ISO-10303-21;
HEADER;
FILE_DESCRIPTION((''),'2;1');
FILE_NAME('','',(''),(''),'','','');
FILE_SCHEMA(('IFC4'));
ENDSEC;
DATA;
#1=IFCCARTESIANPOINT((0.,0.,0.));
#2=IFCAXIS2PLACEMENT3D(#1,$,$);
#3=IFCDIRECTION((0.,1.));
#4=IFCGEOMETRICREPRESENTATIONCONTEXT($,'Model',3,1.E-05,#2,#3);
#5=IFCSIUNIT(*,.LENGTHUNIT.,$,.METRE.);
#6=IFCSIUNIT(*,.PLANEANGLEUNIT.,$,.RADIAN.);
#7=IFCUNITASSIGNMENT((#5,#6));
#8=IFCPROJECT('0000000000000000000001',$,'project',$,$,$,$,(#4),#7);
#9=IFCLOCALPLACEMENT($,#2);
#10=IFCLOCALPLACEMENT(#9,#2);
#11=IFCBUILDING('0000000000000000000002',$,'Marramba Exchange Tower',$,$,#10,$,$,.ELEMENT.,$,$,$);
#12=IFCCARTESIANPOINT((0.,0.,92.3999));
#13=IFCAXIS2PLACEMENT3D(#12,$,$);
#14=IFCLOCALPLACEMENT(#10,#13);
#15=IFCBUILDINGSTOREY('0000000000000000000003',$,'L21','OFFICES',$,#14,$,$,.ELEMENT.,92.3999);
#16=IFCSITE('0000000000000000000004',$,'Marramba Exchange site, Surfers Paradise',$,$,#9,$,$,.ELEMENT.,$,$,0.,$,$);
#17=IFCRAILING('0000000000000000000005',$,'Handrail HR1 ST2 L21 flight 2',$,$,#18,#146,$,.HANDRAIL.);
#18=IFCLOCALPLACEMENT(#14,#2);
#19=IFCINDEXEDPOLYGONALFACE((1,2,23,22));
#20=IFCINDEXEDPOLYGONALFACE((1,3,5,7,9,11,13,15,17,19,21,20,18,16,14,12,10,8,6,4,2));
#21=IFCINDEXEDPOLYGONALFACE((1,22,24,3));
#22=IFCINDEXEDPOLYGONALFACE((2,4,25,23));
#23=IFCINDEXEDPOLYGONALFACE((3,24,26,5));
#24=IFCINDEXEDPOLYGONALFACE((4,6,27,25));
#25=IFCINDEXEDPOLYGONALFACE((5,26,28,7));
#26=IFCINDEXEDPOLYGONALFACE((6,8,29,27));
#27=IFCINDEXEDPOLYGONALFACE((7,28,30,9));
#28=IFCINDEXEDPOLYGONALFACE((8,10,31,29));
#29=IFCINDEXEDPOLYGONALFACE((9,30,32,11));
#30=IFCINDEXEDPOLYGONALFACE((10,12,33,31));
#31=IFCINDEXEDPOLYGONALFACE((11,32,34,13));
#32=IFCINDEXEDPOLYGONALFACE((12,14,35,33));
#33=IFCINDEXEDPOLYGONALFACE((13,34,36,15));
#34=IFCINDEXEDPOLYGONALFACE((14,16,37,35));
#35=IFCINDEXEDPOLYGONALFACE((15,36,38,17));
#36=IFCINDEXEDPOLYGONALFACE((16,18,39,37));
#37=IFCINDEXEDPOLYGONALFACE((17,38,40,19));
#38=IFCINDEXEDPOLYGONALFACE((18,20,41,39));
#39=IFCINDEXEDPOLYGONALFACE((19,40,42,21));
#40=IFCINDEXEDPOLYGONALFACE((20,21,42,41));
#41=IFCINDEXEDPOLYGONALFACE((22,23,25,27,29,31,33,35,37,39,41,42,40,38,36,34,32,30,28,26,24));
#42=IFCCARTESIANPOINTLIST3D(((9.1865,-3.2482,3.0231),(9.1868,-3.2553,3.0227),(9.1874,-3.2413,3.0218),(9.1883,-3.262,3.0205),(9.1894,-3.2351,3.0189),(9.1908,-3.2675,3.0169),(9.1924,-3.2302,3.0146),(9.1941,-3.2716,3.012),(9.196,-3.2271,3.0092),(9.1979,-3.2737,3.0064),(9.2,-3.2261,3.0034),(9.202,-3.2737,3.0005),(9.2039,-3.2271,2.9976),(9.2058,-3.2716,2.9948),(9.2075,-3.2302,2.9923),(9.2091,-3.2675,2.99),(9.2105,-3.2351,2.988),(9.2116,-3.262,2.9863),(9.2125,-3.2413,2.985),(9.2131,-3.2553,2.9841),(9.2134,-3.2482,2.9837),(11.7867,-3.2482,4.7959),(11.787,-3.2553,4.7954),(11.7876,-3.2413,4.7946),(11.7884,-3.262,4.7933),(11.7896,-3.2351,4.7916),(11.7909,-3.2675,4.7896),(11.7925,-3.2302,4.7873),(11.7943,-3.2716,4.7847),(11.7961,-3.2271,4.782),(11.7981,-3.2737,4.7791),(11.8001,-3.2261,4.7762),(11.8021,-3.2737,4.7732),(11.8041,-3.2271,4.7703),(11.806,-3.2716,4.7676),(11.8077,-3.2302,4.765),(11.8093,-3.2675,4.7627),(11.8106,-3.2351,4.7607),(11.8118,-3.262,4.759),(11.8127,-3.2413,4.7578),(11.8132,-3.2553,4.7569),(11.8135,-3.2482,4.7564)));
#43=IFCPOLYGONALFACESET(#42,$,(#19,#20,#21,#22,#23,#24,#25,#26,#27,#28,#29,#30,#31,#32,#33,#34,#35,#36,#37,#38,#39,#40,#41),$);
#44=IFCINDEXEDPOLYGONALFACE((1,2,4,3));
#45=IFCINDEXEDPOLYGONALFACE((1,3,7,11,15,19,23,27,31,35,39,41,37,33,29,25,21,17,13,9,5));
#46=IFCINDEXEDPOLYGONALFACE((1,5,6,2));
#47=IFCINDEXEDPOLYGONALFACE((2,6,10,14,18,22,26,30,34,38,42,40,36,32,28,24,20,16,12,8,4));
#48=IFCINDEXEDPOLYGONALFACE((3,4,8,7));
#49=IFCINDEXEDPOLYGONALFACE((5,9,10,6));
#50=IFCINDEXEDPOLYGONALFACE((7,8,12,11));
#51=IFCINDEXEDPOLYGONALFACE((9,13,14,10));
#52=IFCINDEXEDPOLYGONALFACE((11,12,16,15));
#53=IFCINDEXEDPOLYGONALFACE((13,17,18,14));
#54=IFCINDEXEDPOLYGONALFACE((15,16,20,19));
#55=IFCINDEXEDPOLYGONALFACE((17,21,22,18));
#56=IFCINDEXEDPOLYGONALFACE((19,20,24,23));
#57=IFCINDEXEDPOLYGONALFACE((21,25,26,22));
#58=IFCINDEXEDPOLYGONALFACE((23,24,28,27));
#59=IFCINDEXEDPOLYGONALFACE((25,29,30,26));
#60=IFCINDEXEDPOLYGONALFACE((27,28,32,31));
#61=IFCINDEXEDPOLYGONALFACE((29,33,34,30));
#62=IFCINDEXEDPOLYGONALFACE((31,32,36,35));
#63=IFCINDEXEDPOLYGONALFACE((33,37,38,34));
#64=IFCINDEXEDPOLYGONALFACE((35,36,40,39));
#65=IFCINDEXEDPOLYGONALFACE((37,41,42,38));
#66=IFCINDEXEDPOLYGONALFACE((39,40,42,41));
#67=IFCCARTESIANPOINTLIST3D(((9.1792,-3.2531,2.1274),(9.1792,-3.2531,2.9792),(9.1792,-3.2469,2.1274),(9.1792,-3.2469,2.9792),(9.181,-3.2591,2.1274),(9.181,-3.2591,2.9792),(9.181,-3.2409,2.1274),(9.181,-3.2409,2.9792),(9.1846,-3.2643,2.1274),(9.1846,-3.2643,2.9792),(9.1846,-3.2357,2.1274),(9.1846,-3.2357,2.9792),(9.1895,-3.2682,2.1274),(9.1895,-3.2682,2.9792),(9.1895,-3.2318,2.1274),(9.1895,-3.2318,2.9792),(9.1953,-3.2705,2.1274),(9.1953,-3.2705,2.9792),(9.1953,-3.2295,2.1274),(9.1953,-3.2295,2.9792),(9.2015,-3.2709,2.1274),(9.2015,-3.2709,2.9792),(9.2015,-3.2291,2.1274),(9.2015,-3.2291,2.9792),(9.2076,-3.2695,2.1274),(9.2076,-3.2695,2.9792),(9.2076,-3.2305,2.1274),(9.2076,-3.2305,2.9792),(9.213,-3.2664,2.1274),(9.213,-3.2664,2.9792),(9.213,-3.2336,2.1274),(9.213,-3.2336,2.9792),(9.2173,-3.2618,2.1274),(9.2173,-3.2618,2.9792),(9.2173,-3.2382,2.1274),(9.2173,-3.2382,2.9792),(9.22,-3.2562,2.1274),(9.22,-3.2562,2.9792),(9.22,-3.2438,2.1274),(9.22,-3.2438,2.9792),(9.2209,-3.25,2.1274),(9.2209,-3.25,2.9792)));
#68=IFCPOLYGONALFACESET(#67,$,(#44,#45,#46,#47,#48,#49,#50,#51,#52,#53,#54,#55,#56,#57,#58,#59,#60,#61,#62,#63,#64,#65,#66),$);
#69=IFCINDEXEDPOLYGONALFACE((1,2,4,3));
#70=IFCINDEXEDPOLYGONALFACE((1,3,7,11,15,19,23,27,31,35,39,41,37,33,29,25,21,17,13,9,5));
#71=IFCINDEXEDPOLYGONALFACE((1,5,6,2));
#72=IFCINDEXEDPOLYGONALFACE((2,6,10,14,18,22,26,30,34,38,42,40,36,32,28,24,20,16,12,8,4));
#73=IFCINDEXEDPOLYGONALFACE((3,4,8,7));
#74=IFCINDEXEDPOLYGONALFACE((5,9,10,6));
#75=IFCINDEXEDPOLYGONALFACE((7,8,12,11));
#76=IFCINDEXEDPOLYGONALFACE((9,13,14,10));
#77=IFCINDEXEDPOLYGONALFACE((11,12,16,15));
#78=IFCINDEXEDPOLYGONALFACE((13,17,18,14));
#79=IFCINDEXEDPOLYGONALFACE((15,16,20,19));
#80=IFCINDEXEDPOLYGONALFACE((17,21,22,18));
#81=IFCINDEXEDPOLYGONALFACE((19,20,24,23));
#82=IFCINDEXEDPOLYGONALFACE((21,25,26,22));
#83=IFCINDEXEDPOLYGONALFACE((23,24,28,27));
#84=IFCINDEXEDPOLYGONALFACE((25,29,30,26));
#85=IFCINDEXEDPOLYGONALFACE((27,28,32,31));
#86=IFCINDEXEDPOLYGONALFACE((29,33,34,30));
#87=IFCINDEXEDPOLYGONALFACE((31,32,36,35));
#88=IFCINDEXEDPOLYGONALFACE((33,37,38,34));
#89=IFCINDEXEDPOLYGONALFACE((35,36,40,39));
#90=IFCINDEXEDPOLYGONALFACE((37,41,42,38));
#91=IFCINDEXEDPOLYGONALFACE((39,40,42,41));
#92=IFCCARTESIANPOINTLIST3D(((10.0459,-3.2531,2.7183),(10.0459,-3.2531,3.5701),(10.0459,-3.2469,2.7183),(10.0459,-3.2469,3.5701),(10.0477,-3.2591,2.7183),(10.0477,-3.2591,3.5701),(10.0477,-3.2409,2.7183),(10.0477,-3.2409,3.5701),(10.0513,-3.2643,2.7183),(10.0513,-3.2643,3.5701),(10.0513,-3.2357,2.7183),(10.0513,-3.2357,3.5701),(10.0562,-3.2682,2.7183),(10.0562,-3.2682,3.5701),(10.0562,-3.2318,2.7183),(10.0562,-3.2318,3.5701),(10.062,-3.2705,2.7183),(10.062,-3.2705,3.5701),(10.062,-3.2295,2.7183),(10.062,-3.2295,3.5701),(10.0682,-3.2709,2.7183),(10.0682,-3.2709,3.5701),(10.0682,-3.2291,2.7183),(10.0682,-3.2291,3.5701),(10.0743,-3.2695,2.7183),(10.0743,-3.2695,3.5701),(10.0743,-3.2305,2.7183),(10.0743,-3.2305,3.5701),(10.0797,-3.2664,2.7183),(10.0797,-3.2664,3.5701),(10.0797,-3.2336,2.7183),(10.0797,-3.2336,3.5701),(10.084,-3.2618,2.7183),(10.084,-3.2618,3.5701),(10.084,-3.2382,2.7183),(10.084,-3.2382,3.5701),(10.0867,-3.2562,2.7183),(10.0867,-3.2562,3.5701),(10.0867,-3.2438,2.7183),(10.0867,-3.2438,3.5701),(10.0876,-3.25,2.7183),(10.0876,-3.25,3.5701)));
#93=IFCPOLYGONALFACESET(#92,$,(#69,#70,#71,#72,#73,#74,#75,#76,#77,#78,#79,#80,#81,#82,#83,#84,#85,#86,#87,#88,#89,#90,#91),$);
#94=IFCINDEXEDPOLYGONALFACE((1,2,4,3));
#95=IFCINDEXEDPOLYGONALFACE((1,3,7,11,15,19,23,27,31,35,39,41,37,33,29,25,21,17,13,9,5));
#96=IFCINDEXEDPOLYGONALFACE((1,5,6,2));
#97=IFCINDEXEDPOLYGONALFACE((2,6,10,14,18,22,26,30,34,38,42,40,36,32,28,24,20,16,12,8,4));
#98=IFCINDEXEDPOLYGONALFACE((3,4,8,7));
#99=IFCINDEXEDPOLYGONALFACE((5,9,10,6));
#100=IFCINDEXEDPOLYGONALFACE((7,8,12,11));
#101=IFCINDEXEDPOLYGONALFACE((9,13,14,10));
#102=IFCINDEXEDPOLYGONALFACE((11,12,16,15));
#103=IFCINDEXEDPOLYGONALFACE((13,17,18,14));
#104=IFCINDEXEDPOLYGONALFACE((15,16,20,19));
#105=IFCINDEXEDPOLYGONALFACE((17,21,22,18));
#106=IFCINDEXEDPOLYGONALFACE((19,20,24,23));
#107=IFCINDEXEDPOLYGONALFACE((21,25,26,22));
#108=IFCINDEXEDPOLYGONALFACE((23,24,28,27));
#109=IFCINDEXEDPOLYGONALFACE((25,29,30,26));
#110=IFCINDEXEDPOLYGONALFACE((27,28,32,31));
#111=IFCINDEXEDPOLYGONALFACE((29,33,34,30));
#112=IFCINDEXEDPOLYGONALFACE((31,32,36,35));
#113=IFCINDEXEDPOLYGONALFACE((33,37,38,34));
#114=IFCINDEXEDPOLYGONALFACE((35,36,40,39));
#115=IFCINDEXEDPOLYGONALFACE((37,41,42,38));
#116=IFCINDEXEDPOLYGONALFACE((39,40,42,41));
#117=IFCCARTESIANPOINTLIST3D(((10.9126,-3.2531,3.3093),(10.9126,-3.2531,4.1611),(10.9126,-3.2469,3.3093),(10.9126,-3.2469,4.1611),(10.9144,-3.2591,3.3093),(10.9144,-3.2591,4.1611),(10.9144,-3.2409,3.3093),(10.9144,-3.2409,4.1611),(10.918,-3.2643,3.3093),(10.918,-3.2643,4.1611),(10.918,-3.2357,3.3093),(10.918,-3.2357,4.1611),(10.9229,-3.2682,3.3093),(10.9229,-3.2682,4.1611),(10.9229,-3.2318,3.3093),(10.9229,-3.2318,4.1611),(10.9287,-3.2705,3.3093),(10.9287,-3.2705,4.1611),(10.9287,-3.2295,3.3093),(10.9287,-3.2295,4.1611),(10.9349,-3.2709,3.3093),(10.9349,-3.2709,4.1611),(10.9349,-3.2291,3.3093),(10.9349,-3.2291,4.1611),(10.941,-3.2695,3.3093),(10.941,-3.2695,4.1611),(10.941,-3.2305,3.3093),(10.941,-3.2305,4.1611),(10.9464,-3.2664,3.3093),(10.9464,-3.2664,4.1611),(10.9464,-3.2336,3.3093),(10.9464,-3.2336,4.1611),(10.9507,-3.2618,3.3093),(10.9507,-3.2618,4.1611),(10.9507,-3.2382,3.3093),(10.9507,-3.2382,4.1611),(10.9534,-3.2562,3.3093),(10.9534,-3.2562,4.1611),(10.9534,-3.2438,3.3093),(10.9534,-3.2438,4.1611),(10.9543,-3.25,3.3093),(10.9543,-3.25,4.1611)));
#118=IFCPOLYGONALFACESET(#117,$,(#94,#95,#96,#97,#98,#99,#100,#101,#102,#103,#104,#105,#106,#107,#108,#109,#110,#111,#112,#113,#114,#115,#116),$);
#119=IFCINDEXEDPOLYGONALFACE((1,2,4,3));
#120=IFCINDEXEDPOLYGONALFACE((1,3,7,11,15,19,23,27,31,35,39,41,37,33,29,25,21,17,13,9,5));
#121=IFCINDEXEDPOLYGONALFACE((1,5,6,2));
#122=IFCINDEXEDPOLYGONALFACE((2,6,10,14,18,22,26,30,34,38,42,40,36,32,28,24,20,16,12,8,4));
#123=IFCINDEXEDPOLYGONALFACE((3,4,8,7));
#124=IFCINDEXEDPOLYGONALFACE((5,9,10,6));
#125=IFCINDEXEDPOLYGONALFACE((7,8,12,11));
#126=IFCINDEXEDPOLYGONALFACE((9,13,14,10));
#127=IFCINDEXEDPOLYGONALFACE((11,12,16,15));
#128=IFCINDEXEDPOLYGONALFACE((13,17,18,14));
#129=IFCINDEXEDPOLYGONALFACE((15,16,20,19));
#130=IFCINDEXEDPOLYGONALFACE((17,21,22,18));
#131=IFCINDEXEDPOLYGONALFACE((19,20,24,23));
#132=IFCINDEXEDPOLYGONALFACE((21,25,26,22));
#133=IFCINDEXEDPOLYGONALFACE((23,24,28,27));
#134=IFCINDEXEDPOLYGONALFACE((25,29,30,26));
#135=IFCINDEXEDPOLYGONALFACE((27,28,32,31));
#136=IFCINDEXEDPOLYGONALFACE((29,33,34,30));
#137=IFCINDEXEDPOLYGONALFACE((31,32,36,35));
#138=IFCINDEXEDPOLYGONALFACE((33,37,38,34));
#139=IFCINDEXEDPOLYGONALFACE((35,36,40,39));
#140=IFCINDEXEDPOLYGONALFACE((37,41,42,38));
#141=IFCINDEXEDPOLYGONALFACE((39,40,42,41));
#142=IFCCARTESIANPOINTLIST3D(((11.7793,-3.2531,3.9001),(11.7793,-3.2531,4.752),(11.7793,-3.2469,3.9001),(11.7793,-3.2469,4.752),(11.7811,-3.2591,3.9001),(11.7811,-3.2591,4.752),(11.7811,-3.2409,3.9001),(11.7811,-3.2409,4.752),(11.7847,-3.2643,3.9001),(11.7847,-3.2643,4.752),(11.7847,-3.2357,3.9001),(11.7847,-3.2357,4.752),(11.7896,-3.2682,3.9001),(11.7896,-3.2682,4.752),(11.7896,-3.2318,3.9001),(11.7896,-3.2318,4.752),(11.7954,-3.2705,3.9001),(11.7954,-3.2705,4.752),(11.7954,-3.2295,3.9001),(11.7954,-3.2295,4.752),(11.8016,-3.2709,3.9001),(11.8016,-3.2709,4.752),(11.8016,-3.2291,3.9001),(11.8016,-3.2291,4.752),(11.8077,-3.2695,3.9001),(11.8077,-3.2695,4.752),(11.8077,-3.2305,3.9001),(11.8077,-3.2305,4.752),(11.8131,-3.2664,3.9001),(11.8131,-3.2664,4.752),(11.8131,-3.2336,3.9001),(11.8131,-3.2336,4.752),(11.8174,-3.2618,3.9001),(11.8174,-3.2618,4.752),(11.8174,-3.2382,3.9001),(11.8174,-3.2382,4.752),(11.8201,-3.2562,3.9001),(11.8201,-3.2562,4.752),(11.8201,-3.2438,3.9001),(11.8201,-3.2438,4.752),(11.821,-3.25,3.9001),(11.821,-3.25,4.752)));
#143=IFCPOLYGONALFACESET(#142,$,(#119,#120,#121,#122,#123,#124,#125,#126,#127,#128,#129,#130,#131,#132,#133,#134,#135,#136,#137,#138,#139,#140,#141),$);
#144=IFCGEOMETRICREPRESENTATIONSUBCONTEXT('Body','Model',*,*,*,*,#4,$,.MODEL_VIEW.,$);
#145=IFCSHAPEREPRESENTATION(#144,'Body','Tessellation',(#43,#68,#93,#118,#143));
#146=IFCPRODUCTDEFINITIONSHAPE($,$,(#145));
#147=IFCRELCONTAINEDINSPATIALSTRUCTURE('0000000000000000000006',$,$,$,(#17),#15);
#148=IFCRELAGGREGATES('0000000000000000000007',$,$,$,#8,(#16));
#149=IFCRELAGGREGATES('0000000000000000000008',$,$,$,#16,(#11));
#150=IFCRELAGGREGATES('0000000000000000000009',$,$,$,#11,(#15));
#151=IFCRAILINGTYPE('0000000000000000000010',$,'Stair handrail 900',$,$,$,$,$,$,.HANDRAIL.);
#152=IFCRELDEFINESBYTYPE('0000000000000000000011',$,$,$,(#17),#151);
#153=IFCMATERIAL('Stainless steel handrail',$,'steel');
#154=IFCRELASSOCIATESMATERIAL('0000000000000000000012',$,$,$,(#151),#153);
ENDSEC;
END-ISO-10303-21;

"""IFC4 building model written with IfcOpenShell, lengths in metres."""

from ifc_helpers import new_model, si_unit, direction, frame, origin, origin_2d, place, context, subcontext, project, spatial, circle, extrude, material, type_object, element, save


model = new_model("IFC4")

# Units and contexts
model_context = context("Model", 3, precision=1e-05, world=origin(), true_north=direction((0.0, 1.0)))
body_context = subcontext(model_context, "Body", "Model", "MODEL_VIEW")
ifc_project = project(units=[si_unit("LENGTHUNIT", "METRE"), si_unit("PLANEANGLEUNIT", "RADIAN")], contexts=[model_context])

# Site, building, storey
site_placement = place(None, origin())
site = spatial("IfcSite", under=ifc_project, at=site_placement, Name="Marramba Exchange site, Surfers Paradise", CompositionType="ELEMENT", RefElevation=0.0)
building_placement = place(site_placement, origin())
building = spatial("IfcBuilding", under=site, at=building_placement, Name="Marramba Exchange Tower", CompositionType="ELEMENT")
storey_placement = place(building_placement, frame((0.0, 0.0, 92.3999)))
storey = spatial("IfcBuildingStorey", under=building, at=storey_placement, Name="L21", Description="OFFICES", CompositionType="ELEMENT", Elevation=92.3999)

# Railing
ifc_material_1 = material(Name="Stainless steel handrail", Category="steel")
railing_type = type_object("IfcRailingType", Name="Stair handrail 900", PredefinedType="HANDRAIL", material=ifc_material_1)
railing_placement = place(storey_placement, frame((9.2, -3.25, 2.1274)))
element("IfcRailing", 1, at=railing_placement, inside=storey, type_object=railing_type, Name="Handrail HR1 ST2 L21 flight 2", PredefinedType="HANDRAIL", context=body_context, shape_type="SweptSolid", body=[
    extrude(circle(Radius=0.0239, at=origin_2d()), frame((0.0, 0.0, 0.876), z_axis=(0.82624, 0.0, 0.563318), x_axis=(0.0, 1.0, 0.0)), (0.0, 0.0, 1.0), 3.147),
    extrude(circle(Radius=0.021, at=origin_2d()), origin(), (0.0, 0.0, 1.0), 0.8518),
    extrude(circle(Radius=0.021, at=origin_2d()), frame((0.8667, 0.0, 0.5908)), (0.0, 0.0, 1.0), 0.8518),
    extrude(circle(Radius=0.021, at=origin_2d()), frame((1.7334, 0.0, 1.1819)), (0.0, 0.0, 1.0), 0.8518),
    extrude(circle(Radius=0.021, at=origin_2d()), frame((2.6001, 0.0, 1.7727)), (0.0, 0.0, 1.0), 0.8518),
])

save(model, "model.ifc")
